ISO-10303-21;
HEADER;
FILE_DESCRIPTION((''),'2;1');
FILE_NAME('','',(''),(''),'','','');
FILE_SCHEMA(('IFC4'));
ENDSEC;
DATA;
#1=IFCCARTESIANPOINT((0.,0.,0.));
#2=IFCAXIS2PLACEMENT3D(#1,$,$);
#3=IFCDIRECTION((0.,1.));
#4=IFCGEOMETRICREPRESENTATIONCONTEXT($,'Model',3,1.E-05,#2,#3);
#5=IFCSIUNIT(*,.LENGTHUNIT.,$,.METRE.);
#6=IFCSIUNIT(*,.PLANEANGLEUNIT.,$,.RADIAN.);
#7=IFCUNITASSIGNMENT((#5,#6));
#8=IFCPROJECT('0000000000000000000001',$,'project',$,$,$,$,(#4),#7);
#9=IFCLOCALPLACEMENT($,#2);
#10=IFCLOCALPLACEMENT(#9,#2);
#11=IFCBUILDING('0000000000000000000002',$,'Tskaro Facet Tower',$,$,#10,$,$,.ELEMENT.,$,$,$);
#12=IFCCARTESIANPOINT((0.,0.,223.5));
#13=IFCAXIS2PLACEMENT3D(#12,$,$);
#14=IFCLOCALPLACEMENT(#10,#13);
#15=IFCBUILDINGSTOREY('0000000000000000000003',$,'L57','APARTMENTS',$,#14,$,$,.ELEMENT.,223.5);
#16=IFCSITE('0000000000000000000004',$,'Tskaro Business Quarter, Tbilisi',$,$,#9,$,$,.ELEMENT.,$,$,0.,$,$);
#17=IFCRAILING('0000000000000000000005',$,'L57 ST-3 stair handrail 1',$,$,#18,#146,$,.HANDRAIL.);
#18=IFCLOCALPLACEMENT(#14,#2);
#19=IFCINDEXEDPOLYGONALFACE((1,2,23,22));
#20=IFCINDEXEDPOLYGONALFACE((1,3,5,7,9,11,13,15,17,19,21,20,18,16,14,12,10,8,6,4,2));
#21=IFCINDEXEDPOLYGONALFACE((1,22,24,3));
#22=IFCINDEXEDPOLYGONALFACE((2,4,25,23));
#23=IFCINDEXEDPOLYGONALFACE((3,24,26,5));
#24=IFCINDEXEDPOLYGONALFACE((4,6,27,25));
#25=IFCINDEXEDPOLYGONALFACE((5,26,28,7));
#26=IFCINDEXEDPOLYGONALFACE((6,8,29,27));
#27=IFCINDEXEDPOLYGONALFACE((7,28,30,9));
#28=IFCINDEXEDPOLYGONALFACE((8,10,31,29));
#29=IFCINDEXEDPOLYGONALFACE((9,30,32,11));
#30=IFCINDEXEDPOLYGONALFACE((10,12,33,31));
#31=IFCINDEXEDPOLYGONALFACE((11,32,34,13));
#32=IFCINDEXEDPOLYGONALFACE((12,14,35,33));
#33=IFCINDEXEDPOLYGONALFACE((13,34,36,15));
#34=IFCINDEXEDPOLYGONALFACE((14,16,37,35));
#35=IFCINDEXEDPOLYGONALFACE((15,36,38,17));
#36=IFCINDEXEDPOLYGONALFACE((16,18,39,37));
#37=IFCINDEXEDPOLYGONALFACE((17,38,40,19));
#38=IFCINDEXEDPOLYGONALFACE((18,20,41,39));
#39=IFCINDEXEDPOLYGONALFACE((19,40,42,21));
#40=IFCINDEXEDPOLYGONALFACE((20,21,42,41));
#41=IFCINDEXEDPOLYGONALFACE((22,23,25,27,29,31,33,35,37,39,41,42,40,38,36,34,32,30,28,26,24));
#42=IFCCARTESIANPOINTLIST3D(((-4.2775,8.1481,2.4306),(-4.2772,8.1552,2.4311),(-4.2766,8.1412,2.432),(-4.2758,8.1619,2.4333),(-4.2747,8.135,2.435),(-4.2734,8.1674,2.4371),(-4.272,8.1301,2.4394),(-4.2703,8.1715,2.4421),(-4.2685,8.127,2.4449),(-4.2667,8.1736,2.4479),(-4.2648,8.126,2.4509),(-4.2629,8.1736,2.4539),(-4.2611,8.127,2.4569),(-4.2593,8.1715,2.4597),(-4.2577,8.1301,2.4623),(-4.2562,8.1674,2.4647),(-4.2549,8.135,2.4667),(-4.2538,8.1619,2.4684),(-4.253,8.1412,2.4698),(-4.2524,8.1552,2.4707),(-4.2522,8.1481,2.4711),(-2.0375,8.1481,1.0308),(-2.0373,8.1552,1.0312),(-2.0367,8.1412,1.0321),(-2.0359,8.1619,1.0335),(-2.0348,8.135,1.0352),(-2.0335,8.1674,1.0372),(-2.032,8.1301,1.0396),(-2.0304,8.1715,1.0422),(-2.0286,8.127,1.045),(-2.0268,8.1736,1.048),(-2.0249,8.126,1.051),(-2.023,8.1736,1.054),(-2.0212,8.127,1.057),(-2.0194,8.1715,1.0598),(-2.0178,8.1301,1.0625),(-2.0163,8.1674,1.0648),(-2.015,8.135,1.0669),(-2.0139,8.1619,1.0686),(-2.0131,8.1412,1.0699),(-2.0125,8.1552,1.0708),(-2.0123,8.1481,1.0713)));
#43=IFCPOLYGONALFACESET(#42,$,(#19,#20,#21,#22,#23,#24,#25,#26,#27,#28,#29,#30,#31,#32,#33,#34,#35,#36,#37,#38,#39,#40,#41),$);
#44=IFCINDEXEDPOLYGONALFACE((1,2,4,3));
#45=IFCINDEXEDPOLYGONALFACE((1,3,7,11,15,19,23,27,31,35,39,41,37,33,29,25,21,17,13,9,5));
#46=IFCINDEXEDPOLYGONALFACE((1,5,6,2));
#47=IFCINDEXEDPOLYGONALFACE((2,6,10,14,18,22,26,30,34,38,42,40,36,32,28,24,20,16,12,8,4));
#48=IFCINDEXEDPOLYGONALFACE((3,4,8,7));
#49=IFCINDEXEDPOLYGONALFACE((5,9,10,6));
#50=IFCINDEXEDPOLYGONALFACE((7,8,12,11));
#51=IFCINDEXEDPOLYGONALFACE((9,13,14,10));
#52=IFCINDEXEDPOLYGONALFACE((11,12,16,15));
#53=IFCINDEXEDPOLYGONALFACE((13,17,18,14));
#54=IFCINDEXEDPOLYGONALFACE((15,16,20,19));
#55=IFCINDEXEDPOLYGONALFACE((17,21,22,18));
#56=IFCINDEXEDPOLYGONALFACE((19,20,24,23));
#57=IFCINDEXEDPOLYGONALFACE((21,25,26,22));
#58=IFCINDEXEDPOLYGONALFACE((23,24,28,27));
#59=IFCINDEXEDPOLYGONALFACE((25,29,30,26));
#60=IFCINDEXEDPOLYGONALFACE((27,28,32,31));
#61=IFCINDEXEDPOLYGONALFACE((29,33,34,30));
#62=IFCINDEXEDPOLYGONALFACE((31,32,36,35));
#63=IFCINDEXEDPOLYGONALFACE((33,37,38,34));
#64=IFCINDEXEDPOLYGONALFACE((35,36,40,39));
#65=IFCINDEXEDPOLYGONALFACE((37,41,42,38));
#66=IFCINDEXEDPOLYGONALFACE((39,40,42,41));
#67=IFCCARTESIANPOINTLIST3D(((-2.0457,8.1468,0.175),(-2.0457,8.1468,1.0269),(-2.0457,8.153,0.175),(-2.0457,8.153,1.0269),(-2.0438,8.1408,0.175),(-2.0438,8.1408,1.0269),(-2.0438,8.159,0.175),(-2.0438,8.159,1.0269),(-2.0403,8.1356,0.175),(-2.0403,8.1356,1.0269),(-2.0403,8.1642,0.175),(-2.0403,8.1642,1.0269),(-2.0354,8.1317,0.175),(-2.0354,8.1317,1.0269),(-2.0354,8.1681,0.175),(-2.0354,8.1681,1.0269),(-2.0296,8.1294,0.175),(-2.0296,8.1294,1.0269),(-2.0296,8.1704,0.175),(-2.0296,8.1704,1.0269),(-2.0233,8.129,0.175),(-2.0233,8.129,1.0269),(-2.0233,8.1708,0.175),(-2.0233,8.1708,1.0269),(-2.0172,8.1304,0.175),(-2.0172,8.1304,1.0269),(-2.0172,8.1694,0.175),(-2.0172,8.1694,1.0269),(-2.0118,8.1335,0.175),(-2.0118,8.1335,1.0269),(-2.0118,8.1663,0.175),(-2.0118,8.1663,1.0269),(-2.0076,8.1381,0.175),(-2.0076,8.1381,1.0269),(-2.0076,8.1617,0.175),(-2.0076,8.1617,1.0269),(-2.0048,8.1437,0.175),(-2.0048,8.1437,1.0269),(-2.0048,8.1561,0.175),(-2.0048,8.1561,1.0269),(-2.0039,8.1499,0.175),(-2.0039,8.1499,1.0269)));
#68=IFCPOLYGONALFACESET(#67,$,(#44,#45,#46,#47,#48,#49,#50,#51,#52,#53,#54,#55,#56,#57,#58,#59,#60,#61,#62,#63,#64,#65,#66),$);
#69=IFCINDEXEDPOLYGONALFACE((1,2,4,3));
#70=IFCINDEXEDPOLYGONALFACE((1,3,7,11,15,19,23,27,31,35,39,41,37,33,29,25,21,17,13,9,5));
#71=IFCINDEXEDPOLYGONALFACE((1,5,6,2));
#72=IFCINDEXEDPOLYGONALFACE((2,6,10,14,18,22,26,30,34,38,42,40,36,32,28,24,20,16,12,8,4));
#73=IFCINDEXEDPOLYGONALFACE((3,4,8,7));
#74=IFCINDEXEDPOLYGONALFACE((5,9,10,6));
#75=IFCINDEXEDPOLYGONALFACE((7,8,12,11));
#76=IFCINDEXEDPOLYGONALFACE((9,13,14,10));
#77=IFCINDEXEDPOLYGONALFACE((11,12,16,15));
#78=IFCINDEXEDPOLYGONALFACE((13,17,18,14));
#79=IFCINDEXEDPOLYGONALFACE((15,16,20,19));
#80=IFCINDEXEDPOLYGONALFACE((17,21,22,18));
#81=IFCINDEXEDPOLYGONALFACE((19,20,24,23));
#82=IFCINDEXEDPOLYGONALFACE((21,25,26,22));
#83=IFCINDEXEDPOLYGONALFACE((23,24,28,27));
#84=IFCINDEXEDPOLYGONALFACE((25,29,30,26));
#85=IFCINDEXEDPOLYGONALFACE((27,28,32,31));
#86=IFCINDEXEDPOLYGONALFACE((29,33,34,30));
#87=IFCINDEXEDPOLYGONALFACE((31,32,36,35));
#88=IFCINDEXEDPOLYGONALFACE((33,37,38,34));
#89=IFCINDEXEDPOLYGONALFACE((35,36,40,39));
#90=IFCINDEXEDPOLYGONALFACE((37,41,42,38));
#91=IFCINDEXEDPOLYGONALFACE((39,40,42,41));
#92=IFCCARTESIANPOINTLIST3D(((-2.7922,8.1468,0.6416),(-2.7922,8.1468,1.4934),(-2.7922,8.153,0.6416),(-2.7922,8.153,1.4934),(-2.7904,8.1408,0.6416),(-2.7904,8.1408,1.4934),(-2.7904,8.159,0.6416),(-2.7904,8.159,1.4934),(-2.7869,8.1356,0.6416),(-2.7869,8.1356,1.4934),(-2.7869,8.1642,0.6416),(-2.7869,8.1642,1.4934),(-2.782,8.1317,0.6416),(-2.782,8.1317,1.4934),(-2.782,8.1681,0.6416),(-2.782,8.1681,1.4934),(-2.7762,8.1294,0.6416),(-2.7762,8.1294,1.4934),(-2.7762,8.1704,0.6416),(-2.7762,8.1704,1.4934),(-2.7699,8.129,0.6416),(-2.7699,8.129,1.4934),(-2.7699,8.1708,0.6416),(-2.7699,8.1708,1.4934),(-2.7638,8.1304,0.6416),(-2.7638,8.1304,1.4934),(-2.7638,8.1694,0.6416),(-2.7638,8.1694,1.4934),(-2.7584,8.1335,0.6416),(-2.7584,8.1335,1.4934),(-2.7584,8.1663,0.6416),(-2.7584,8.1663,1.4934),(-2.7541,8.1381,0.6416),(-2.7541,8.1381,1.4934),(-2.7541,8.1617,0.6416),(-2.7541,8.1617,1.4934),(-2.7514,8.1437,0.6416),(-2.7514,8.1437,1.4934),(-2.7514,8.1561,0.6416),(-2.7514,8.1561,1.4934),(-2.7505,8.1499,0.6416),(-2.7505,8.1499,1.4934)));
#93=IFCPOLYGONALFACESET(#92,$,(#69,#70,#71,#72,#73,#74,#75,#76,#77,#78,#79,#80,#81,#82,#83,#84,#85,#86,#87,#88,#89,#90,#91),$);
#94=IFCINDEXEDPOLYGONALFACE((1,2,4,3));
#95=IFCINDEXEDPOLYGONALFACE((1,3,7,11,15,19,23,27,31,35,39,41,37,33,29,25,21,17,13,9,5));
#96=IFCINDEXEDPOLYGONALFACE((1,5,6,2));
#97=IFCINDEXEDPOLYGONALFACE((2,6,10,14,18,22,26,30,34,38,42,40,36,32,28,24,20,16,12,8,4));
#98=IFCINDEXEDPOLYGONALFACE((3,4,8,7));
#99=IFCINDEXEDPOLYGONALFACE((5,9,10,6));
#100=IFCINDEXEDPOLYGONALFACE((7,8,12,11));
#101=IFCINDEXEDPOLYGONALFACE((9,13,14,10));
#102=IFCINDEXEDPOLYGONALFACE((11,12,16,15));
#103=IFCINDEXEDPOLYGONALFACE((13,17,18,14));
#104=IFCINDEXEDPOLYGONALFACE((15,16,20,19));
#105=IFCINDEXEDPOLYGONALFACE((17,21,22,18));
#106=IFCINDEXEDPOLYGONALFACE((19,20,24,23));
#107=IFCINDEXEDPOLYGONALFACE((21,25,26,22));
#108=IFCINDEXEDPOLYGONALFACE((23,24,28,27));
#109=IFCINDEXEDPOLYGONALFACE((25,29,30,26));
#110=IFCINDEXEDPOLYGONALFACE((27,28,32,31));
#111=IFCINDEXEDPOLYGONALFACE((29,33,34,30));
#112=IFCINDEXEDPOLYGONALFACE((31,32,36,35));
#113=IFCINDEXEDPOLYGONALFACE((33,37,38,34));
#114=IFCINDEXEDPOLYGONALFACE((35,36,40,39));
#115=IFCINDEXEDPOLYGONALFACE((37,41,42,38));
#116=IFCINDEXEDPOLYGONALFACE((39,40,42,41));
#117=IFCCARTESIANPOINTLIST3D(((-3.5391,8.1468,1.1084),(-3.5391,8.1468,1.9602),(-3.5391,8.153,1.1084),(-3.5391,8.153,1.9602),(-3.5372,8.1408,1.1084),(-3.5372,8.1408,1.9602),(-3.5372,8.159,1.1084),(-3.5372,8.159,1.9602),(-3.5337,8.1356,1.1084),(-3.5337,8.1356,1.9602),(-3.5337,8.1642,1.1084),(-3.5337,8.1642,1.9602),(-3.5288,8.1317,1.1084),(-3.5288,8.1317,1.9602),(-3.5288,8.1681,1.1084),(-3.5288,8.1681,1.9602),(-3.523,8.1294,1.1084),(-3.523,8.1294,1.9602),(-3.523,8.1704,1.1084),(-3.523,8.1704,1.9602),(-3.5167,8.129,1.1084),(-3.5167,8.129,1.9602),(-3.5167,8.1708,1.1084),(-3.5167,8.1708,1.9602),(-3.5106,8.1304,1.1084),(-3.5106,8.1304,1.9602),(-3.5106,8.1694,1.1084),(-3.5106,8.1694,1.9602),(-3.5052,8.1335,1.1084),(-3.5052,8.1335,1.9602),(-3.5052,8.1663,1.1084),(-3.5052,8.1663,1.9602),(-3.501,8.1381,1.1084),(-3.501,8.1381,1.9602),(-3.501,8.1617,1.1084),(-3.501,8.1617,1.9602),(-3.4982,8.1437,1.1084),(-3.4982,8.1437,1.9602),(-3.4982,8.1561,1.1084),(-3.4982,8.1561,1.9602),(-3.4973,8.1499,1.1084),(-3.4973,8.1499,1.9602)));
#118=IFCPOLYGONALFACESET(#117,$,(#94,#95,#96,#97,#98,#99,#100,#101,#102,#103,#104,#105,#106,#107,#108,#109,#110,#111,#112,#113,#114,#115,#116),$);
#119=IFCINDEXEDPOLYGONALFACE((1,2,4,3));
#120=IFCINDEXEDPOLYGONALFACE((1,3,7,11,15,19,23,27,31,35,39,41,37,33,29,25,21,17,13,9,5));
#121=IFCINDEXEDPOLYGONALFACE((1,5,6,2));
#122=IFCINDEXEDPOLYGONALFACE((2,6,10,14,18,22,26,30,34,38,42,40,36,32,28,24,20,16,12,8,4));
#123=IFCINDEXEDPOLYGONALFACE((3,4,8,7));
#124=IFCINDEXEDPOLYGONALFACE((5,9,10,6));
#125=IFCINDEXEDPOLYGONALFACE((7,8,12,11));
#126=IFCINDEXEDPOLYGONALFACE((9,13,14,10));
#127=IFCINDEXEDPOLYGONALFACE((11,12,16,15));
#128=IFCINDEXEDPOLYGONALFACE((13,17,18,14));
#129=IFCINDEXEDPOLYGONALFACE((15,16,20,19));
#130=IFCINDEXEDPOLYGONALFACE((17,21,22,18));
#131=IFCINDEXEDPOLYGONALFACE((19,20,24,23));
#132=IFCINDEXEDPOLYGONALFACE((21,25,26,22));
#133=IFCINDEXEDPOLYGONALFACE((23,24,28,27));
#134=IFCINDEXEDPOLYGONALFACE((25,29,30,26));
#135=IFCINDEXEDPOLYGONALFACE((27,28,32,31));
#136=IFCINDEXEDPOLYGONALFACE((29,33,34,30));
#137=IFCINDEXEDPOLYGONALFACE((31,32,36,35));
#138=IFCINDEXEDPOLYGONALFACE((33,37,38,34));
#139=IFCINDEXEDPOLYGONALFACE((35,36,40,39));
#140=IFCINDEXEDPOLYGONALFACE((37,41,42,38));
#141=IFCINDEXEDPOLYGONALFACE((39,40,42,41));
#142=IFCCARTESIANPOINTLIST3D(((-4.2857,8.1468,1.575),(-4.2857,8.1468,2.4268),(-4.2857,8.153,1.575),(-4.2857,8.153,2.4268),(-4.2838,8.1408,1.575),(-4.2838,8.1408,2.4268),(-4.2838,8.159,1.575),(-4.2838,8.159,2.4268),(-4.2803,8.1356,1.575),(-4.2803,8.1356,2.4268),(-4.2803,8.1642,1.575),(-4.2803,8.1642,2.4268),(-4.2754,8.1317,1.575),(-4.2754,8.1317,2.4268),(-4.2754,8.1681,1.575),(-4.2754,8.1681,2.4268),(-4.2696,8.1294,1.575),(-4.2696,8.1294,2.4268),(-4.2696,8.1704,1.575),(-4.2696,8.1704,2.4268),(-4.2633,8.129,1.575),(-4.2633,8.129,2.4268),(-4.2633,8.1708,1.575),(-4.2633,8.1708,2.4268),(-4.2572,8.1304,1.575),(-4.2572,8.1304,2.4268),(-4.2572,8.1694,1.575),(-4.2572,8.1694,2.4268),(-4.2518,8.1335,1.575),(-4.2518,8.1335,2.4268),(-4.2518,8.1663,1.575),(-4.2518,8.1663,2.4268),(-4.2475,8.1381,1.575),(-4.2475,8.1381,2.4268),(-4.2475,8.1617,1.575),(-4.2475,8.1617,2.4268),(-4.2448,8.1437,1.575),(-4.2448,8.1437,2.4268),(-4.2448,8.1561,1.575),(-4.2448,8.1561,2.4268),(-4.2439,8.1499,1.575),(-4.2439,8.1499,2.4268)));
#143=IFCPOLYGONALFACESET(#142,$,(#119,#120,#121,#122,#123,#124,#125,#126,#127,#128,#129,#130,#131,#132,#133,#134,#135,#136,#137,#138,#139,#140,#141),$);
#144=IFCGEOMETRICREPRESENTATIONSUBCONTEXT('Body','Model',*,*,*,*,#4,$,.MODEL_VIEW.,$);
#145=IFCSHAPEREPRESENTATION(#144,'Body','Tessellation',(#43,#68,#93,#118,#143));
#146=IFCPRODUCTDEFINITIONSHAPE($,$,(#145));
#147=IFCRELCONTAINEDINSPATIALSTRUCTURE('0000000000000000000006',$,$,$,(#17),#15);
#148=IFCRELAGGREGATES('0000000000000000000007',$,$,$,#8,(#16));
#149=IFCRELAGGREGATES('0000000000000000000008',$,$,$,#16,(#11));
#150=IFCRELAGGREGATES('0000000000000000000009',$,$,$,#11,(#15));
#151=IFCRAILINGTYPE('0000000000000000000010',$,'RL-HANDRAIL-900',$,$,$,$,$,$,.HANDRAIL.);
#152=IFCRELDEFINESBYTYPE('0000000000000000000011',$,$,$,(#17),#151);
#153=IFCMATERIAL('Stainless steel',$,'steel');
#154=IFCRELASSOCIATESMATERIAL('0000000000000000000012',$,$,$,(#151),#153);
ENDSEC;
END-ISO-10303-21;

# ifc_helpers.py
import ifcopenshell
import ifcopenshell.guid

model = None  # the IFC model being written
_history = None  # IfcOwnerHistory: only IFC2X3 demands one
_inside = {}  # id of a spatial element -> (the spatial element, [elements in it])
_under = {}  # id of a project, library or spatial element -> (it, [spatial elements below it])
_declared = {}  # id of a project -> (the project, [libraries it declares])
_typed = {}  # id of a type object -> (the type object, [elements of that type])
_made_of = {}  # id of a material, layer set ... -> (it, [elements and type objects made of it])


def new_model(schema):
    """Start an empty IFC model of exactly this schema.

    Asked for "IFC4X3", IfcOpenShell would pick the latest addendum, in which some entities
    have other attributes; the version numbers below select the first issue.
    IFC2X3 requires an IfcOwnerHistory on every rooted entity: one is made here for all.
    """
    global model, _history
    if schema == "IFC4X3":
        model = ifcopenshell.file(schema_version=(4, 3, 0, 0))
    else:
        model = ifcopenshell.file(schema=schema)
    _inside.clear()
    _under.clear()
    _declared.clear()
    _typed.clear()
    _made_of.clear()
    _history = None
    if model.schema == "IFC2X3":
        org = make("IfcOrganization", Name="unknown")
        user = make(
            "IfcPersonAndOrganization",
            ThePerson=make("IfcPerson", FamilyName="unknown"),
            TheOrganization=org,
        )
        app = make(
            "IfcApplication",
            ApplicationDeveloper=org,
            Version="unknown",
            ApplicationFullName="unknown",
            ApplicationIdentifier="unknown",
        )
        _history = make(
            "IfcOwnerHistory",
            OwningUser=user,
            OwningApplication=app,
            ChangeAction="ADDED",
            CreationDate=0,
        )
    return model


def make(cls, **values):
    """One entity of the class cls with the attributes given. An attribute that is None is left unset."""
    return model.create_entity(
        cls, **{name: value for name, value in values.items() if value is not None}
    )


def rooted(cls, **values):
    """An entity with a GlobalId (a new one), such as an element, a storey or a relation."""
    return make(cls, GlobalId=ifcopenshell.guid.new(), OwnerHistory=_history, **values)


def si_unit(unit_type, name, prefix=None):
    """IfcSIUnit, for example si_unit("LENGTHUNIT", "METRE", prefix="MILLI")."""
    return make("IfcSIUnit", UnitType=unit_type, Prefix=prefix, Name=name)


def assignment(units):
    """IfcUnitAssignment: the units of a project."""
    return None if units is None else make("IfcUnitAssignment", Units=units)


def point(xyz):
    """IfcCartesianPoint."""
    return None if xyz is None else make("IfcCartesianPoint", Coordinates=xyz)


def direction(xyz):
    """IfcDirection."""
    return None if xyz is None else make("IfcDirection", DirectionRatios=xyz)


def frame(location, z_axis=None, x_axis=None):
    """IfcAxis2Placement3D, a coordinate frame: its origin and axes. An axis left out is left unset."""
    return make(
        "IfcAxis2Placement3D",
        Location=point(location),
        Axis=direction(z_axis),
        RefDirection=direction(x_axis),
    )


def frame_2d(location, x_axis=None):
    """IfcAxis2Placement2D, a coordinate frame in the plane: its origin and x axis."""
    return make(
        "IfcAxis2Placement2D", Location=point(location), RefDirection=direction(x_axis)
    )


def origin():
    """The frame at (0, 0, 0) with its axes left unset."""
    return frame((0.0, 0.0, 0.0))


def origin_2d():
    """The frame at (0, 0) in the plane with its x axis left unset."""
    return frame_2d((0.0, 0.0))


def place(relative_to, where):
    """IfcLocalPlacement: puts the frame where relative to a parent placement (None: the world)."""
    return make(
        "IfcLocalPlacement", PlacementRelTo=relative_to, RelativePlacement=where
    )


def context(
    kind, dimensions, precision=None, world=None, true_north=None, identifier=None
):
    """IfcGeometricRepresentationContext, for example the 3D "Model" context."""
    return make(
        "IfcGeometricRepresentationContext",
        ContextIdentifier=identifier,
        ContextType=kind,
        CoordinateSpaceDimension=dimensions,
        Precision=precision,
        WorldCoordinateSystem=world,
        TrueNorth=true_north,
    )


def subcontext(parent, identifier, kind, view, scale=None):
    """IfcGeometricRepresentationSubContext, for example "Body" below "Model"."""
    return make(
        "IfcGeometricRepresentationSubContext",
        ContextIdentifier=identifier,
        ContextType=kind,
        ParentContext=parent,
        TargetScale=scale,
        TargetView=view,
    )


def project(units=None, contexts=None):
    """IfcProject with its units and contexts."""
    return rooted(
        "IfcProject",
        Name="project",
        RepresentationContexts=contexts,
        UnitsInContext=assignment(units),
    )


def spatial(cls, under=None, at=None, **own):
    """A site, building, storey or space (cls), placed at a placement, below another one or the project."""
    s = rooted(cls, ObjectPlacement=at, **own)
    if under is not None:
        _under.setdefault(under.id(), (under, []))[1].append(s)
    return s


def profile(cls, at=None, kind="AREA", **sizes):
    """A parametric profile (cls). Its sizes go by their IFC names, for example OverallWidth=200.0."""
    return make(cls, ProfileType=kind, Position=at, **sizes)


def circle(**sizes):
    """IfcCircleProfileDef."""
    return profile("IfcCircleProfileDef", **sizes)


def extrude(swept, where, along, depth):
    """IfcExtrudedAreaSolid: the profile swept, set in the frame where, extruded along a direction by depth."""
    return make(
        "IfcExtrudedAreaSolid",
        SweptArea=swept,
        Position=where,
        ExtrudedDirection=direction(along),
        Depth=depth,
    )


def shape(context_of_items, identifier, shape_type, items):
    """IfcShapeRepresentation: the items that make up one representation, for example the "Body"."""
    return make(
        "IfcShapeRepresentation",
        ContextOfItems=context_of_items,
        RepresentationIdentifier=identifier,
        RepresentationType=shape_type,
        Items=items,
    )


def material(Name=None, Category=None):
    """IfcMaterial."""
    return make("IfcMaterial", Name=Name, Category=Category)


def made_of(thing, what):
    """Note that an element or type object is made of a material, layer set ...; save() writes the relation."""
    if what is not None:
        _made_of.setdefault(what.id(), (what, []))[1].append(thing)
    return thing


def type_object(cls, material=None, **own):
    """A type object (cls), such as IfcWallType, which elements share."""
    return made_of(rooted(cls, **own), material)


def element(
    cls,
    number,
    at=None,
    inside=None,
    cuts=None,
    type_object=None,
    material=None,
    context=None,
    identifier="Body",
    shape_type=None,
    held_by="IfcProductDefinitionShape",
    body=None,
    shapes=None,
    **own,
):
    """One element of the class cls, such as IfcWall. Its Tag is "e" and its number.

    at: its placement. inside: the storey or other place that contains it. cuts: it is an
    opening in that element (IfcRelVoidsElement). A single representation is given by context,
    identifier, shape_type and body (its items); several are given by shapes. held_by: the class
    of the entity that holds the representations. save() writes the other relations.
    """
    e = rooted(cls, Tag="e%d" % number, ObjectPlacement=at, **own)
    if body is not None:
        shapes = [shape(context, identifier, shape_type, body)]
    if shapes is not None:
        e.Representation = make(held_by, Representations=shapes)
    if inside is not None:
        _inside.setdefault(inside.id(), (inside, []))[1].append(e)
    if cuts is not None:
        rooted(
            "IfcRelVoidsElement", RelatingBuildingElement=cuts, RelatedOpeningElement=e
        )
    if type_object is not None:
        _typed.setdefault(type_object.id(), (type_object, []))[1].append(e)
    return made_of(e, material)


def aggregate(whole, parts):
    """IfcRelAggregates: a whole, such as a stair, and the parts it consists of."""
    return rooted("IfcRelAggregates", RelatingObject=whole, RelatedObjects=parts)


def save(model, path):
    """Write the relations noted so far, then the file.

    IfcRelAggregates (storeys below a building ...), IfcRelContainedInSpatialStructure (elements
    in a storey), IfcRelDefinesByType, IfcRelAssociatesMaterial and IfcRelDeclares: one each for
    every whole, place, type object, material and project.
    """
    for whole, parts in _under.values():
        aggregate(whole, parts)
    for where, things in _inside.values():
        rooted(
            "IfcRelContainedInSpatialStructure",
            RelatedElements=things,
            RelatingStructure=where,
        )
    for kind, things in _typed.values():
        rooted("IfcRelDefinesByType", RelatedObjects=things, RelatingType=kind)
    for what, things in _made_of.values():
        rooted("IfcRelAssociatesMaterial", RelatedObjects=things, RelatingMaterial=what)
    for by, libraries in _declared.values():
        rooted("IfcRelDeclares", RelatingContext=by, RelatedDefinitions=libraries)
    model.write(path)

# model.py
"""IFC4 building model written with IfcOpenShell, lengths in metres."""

from ifc_helpers import new_model, si_unit, direction, frame, origin, origin_2d, place, context, subcontext, project, spatial, circle, extrude, material, type_object, element, save


model = new_model("IFC4")

# Units and contexts
model_context = context("Model", 3, precision=1e-05, world=origin(), true_north=direction((0.0, 1.0)))
body_context = subcontext(model_context, "Body", "Model", "MODEL_VIEW")
ifc_project = project(units=[si_unit("LENGTHUNIT", "METRE"), si_unit("PLANEANGLEUNIT", "RADIAN")], contexts=[model_context])

# Site, building, storey
site_placement = place(None, origin())
site = spatial("IfcSite", under=ifc_project, at=site_placement, Name="Tskaro Business Quarter, Tbilisi", CompositionType="ELEMENT", RefElevation=0.0)
building_placement = place(site_placement, origin())
building = spatial("IfcBuilding", under=site, at=building_placement, Name="Tskaro Facet Tower", CompositionType="ELEMENT")
storey_placement = place(building_placement, frame((0.0, 0.0, 223.5)))
storey = spatial("IfcBuildingStorey", under=building, at=storey_placement, Name="L57", Description="APARTMENTS", CompositionType="ELEMENT", Elevation=223.5)

# Railing
ifc_material_1 = material(Name="Stainless steel", Category="steel")
railing_type_1 = type_object("IfcRailingType", Name="RL-HANDRAIL-900", PredefinedType="HANDRAIL", material=ifc_material_1)
railing_1_placement = place(storey_placement, frame((-2.0249, 8.1499, 0.175)))
element("IfcRailing", 1, at=railing_1_placement, inside=storey, type_object=railing_type_1, Name="L57 ST-3 stair handrail 1", PredefinedType="HANDRAIL", context=body_context, shape_type="SweptSolid", body=[
    extrude(circle(Radius=0.0239, at=origin_2d()), frame((0.0, 0.0, 0.876), z_axis=(-0.848014, 0.0, 0.529974), x_axis=(0.0, -1.0, 0.0)), (0.0, 0.0, 1.0), 2.6414),
    extrude(circle(Radius=0.021, at=origin_2d()), origin(), (0.0, 0.0, 1.0), 0.8518),
    extrude(circle(Radius=0.021, at=origin_2d()), frame((-0.7466, 0.0, 0.4666)), (0.0, 0.0, 1.0), 0.8518),
    extrude(circle(Radius=0.021, at=origin_2d()), frame((-1.4934, 0.0, 0.9333)), (0.0, 0.0, 1.0), 0.8518),
    extrude(circle(Radius=0.021, at=origin_2d()), frame((-2.24, 0.0, 1.3999)), (0.0, 0.0, 1.0), 0.8518),
])

save(model, "model.ifc")
